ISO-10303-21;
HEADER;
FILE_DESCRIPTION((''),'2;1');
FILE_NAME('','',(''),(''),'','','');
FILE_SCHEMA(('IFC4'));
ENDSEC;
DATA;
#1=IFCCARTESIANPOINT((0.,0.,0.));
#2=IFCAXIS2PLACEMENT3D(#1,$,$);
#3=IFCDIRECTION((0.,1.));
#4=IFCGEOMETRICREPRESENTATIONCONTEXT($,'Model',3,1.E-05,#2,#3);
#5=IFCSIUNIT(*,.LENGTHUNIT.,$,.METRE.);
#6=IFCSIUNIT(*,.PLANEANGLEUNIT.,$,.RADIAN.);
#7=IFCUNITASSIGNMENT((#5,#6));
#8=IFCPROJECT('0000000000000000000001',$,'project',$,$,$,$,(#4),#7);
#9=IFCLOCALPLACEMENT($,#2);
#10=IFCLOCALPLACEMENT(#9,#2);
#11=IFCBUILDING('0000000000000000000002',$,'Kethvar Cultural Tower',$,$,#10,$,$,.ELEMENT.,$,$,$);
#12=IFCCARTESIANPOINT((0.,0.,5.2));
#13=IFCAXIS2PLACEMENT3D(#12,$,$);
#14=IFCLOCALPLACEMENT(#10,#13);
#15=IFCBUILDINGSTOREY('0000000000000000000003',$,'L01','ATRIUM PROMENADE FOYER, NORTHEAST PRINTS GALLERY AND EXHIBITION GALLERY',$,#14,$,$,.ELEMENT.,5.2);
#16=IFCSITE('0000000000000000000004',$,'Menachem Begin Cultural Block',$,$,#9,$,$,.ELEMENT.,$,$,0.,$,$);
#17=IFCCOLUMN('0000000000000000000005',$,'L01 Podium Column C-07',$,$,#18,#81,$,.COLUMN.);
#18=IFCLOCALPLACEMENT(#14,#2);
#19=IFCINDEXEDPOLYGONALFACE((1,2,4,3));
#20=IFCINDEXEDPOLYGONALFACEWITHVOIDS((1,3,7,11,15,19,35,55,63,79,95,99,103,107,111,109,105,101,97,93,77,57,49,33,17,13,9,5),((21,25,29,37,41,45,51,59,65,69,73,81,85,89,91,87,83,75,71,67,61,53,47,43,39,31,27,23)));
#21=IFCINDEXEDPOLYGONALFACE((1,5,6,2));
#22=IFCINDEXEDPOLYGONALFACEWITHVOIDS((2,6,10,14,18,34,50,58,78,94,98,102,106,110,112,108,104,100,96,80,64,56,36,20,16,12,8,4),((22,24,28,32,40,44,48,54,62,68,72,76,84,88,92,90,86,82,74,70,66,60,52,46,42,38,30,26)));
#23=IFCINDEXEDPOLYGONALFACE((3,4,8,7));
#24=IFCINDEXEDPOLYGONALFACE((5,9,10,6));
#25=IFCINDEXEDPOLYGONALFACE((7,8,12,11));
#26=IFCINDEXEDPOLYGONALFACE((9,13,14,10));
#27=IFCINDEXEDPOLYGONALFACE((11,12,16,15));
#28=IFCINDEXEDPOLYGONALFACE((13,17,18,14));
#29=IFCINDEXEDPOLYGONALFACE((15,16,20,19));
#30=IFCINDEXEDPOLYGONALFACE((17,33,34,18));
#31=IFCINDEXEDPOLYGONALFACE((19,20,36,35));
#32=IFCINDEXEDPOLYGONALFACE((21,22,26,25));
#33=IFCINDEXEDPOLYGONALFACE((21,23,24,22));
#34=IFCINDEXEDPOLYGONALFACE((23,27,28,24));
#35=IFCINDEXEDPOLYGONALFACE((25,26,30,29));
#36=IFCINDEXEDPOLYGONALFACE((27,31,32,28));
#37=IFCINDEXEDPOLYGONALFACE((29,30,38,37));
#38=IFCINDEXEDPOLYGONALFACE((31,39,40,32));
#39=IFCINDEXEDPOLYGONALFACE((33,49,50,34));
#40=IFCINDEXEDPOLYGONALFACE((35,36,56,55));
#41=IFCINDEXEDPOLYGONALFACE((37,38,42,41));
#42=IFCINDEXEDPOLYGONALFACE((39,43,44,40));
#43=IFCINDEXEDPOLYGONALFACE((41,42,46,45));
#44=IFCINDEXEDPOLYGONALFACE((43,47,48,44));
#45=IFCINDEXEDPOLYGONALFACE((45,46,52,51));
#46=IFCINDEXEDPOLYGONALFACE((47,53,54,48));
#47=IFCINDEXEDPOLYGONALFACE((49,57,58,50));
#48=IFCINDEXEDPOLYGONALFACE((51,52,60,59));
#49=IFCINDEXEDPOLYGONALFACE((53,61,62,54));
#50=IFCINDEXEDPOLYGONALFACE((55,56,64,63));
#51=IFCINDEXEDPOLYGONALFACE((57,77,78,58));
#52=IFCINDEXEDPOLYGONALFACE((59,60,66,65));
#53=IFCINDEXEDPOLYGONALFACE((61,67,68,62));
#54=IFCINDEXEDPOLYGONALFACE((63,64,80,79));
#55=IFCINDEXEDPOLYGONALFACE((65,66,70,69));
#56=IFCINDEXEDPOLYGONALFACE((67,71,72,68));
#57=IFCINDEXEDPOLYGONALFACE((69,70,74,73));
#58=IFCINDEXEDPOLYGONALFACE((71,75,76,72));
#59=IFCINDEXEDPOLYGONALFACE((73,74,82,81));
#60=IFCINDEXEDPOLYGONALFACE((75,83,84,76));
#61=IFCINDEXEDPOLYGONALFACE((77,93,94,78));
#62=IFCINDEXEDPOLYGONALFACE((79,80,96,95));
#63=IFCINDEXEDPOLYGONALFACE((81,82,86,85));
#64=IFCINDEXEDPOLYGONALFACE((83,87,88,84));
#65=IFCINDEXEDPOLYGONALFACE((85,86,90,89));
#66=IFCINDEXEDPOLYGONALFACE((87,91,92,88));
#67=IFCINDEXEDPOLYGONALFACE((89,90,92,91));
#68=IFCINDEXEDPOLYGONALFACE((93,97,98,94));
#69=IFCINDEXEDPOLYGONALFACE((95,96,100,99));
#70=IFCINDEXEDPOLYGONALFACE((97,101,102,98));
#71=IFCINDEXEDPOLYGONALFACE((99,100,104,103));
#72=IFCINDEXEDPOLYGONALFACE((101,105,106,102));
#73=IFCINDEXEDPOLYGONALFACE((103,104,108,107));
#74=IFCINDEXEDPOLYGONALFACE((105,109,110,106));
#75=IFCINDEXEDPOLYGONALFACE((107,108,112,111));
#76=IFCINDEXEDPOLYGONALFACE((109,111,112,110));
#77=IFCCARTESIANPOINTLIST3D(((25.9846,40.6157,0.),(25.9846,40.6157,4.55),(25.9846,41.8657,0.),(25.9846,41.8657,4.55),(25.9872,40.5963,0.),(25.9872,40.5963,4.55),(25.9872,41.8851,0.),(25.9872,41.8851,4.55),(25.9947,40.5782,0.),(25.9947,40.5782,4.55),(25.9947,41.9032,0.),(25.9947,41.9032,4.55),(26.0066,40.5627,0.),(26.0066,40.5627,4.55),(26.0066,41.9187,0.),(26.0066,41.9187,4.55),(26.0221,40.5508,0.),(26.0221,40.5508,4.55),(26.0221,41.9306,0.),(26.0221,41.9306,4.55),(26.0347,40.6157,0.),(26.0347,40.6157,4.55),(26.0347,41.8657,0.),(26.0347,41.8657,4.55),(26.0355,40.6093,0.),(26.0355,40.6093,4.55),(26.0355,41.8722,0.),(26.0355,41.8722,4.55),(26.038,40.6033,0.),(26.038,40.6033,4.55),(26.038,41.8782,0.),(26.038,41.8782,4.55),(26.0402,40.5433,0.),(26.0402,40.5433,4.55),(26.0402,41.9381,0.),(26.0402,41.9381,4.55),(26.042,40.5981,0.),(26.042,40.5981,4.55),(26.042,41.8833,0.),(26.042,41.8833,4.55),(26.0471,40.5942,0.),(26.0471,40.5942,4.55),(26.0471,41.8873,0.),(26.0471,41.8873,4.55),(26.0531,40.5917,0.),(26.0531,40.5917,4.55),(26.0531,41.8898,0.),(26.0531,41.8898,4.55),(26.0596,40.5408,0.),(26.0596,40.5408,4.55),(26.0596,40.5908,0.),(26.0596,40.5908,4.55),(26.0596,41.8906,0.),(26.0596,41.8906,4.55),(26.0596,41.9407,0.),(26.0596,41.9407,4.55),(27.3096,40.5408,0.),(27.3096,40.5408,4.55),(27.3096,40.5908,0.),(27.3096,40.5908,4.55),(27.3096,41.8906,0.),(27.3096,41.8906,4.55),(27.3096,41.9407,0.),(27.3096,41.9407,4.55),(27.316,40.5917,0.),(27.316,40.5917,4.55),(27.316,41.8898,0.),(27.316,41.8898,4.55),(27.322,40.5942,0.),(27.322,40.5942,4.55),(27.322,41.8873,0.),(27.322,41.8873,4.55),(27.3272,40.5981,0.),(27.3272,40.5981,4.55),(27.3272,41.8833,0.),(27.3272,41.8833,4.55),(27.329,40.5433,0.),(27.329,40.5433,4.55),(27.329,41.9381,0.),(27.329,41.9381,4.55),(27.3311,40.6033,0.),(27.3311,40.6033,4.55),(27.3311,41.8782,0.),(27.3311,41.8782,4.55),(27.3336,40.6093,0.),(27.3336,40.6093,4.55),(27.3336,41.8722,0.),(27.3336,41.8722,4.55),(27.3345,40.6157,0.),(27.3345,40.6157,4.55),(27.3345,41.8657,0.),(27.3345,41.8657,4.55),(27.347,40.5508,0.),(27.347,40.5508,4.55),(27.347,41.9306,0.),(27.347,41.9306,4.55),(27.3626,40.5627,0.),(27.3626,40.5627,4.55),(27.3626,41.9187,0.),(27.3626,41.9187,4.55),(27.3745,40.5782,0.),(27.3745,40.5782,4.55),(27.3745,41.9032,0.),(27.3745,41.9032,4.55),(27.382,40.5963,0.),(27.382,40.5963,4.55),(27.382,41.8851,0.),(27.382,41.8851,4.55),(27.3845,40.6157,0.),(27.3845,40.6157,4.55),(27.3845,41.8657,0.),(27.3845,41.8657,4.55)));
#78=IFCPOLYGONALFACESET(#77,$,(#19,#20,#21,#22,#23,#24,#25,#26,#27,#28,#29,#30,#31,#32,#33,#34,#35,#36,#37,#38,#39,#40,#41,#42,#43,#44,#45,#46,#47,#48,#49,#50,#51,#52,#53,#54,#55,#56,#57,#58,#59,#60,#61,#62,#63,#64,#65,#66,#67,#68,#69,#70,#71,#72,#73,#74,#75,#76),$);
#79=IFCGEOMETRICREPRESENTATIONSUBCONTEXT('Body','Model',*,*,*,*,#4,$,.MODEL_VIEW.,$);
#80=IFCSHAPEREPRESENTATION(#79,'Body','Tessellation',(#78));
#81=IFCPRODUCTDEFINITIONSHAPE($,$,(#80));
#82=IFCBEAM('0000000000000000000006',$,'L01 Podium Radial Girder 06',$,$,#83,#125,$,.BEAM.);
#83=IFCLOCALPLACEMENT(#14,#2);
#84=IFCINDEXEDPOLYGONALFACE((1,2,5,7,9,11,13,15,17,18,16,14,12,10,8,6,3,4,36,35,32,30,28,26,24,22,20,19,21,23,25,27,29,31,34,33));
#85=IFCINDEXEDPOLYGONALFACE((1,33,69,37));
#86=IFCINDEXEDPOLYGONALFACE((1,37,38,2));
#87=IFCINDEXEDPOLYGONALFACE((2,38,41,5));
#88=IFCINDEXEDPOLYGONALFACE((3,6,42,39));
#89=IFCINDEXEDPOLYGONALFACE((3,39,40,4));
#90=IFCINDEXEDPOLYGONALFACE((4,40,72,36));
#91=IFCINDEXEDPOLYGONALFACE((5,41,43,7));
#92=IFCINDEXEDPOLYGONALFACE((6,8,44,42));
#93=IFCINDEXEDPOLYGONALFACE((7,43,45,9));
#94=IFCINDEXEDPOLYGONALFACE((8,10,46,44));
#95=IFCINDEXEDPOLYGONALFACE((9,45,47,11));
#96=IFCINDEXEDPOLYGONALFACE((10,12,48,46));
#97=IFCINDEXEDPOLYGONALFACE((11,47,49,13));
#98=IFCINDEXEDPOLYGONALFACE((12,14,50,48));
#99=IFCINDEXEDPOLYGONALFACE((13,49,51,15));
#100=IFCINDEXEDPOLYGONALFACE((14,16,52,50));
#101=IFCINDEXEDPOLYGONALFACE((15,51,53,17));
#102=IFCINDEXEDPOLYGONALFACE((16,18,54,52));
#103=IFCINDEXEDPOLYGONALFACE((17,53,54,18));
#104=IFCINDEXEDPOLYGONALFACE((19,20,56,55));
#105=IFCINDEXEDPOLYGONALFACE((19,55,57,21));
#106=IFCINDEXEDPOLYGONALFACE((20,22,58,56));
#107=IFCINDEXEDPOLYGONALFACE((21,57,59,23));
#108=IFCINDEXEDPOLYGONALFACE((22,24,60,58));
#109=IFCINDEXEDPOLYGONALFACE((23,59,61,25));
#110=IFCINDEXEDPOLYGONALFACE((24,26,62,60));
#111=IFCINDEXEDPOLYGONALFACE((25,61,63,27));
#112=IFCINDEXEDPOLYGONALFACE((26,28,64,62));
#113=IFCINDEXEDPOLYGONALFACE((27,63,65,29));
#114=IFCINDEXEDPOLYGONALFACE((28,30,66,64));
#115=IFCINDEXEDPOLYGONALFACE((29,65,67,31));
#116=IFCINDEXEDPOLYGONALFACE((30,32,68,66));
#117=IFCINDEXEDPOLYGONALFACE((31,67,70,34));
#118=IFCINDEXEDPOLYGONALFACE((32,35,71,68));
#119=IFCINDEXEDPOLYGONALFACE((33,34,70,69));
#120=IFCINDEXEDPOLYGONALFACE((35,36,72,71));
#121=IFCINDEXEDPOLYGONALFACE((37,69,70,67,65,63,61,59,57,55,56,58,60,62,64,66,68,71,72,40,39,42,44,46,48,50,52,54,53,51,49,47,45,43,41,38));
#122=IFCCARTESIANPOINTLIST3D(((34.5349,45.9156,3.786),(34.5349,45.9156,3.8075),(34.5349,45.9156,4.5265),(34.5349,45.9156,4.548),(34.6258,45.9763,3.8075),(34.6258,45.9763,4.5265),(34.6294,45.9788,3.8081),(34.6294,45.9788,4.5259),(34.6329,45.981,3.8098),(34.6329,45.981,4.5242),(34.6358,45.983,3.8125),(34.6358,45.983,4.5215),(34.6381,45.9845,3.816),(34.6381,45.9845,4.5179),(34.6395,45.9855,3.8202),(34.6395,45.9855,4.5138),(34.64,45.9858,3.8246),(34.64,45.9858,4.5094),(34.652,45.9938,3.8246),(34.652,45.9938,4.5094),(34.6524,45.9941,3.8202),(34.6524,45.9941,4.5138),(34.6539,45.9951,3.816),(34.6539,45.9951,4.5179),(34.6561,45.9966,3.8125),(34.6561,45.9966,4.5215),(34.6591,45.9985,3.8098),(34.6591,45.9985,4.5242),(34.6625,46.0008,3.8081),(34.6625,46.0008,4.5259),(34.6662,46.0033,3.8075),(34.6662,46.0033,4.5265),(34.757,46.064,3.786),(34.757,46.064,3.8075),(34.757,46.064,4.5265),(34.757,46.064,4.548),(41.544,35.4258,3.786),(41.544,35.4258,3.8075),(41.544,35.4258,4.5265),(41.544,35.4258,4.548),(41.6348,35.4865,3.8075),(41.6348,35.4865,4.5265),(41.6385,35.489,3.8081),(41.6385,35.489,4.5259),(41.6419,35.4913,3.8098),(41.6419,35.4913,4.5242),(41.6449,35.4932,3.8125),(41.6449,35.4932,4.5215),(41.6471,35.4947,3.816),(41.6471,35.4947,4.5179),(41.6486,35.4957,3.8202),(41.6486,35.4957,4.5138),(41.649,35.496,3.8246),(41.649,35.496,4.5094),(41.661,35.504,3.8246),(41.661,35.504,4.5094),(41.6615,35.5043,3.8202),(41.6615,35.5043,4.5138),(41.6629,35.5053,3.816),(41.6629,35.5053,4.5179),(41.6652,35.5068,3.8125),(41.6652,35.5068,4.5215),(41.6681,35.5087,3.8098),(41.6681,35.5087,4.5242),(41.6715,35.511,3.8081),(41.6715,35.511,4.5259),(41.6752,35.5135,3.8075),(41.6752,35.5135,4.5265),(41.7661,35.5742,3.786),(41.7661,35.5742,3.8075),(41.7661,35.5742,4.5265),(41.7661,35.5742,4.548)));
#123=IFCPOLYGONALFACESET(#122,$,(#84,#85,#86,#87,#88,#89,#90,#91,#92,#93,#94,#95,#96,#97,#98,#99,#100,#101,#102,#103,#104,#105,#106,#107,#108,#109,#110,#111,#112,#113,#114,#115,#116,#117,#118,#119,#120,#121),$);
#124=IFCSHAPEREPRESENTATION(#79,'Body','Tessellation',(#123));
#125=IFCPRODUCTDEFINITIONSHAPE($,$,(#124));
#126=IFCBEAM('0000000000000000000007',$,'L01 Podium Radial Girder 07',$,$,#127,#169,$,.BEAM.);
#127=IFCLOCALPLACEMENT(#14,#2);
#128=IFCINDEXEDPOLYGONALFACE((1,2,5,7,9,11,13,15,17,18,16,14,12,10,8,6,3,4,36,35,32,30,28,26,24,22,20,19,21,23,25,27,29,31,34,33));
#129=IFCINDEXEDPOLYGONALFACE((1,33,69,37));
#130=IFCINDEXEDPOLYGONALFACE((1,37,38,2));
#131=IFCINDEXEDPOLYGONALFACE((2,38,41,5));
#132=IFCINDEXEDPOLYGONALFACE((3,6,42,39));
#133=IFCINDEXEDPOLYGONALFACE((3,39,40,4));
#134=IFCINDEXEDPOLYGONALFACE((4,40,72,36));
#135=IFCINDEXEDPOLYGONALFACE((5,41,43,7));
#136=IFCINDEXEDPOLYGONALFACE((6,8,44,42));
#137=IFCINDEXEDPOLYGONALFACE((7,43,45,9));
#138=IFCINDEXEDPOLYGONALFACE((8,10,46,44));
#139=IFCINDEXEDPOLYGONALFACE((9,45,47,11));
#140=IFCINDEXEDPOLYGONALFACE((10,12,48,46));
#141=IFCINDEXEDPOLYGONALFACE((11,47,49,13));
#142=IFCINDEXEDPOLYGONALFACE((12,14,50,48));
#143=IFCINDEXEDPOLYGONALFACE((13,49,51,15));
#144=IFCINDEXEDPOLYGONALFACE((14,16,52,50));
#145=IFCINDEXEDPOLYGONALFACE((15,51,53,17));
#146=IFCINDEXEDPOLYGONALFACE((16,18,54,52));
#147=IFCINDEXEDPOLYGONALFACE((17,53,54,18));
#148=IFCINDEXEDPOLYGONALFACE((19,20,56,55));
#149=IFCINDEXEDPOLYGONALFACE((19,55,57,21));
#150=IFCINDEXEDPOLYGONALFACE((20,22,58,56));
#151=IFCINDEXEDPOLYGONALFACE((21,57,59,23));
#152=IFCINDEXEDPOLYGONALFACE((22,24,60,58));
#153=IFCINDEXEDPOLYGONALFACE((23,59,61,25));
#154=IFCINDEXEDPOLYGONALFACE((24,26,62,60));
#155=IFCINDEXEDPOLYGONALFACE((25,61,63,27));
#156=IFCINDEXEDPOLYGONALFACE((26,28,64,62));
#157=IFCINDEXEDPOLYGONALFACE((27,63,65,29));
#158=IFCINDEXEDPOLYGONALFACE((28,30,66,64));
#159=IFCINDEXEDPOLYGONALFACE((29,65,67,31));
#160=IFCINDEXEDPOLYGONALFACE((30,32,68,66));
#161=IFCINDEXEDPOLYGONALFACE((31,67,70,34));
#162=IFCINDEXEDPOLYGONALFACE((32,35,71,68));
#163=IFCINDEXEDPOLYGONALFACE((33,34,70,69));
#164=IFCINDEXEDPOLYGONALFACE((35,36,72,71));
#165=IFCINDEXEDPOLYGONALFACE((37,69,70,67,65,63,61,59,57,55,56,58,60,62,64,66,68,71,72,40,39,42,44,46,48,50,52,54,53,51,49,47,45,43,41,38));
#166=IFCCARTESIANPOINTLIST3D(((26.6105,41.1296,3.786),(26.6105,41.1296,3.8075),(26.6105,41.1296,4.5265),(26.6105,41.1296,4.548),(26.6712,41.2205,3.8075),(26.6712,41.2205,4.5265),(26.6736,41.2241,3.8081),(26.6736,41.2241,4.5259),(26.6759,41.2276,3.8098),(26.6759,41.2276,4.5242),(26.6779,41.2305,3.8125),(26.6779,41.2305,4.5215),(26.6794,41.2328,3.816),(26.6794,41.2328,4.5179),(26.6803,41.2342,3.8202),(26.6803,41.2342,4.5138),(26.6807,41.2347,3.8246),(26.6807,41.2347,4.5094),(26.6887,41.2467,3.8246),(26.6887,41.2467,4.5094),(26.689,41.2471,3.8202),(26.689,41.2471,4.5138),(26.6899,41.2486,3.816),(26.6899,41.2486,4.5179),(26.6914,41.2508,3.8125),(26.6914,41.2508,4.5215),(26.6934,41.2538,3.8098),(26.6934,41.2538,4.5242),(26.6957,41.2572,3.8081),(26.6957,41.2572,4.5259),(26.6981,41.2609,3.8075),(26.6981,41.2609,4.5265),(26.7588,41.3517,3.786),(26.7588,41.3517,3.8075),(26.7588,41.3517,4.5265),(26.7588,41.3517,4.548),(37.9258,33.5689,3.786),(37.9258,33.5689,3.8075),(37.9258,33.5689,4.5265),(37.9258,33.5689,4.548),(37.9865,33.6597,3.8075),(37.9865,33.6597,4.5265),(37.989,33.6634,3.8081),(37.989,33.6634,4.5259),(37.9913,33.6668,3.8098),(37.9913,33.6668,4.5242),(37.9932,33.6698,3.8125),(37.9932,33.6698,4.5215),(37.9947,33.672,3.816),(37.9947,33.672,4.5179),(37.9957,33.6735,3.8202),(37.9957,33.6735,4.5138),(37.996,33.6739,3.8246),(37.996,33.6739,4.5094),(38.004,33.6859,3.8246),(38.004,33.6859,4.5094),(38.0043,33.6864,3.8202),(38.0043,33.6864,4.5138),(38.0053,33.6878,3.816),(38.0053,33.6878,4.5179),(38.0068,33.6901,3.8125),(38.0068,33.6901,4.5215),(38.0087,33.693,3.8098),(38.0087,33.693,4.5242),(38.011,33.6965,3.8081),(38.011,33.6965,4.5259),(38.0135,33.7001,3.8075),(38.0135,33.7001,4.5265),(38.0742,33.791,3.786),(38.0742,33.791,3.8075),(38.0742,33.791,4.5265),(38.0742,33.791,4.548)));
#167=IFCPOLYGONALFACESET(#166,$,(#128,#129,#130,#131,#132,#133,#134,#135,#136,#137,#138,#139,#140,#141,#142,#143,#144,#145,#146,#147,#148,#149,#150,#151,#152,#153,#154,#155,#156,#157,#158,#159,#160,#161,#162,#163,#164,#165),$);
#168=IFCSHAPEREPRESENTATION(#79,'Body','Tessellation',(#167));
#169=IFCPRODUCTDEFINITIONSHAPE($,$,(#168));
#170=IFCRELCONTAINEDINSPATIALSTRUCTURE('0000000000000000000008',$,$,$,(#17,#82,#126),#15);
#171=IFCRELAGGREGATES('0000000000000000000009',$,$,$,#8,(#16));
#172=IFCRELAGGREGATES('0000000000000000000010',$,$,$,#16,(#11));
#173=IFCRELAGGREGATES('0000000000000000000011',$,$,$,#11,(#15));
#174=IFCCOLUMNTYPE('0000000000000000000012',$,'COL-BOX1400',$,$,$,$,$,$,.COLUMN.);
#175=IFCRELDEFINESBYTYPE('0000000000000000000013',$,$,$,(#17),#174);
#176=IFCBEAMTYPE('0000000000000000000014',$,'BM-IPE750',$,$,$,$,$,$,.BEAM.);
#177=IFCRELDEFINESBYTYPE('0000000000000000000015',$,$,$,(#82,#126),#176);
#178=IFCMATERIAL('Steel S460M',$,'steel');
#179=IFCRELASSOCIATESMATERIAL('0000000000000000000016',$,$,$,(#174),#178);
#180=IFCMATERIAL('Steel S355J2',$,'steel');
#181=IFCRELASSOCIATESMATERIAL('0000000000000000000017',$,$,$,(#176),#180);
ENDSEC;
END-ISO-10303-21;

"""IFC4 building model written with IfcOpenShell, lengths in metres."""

from ifc_helpers import new_model, si_unit, direction, frame, origin, origin_2d, place, context, subcontext, project, spatial, hollow_rectangle, i_section, extrude, source, transform, mapped, material, material_profile, profile_set, type_object, element, save


model = new_model("IFC4")

# Units and contexts
model_context = context("Model", 3, precision=1e-05, world=origin(), true_north=direction((0.0, 1.0)))
body_context = subcontext(model_context, "Body", "Model", "MODEL_VIEW")
ifc_project = project(units=[si_unit("LENGTHUNIT", "METRE"), si_unit("PLANEANGLEUNIT", "RADIAN")], contexts=[model_context])

# Site, building, storey
site_placement = place(None, origin())
site = spatial("IfcSite", under=ifc_project, at=site_placement, Name="Menachem Begin Cultural Block", CompositionType="ELEMENT", RefElevation=0.0)
building_placement = place(site_placement, origin())
building = spatial("IfcBuilding", under=site, at=building_placement, Name="Kethvar Cultural Tower", CompositionType="ELEMENT")
storey_placement = place(building_placement, frame((0.0, 0.0, 5.2)))
storey = spatial("IfcBuildingStorey", under=building, at=storey_placement, Name="L01", Description="ATRIUM PROMENADE FOYER, NORTHEAST PRINTS GALLERY AND EXHIBITION GALLERY", CompositionType="ELEMENT", Elevation=5.2)

# Column
ifc_material_1 = material(Name="Steel S460M", Category="steel")
ifc_material_profile_1 = material_profile(ifc_material_1, hollow_rectangle(XDim=1.3999, YDim=1.3999, WallThickness=0.05, InnerFilletRadius=0.0249, OuterFilletRadius=0.075, at=origin_2d()), Name="Steel S460M — BOX1400x1400x50")
ifc_profile_set_1 = profile_set([ifc_material_profile_1], Name="Steel S460M — BOX1400x1400x50")
column_type = type_object("IfcColumnType", Name="COL-BOX1400", PredefinedType="COLUMN", material=ifc_profile_set_1)
shared_shape_1 = source(origin(), body_context, "Body", "SweptSolid", [
    extrude(hollow_rectangle(XDim=1.3999, YDim=1.3999, WallThickness=0.05, InnerFilletRadius=0.0249, OuterFilletRadius=0.075, at=origin_2d()), origin(), (0.0, 0.0, 1.0), 4.55),
])
column_placement = place(storey_placement, frame((26.6846, 41.2407, 0.0), z_axis=(0.0, 0.0, 1.0), x_axis=(1.0, 0.0, 0.0)))
element("IfcColumn", 1, at=column_placement, inside=storey, type_object=column_type, Name="L01 Podium Column C-07", PredefinedType="COLUMN", context=body_context, shape_type="MappedRepresentation", body=[
    mapped(shared_shape_1, transform((0.0, 0.0, 0.0), scale=1.0)),
])

# Beams
ifc_material_2 = material(Name="Steel S355J2", Category="steel")
ifc_material_profile_2 = material_profile(ifc_material_2, i_section(OverallWidth=0.2671, OverallDepth=0.762, WebThickness=0.0144, FlangeThickness=0.0215, FilletRadius=0.0171, at=origin_2d()), Name="Steel S355J2 — IPE750x173")
ifc_profile_set_2 = profile_set([ifc_material_profile_2], Name="Steel S355J2 — IPE750x173")
beam_type = type_object("IfcBeamType", Name="BM-IPE750", PredefinedType="BEAM", material=ifc_profile_set_2)
shared_shape_2 = source(origin(), body_context, "Body", "SweptSolid", [
    extrude(i_section(OverallWidth=0.2671, OverallDepth=0.762, WebThickness=0.0144, FlangeThickness=0.0215, FilletRadius=0.0171, at=origin_2d()), origin(), (0.0, 0.0, 1.0), 12.616),
])
beam_1_placement = place(storey_placement, frame((41.655, 35.5, 4.167), z_axis=(-0.555571, 0.831469, 0.0), x_axis=(-0.831469, -0.555571, 0.0)))
element("IfcBeam", 2, at=beam_1_placement, inside=storey, type_object=beam_type, Name="L01 Podium Radial Girder 06", PredefinedType="BEAM", context=body_context, shape_type="MappedRepresentation", body=[
    mapped(shared_shape_2, transform((0.0, 0.0, 0.0), scale=1.0)),
])
shared_shape_3 = source(origin(), body_context, "Body", "SweptSolid", [
    extrude(i_section(OverallWidth=0.2671, OverallDepth=0.762, WebThickness=0.0144, FlangeThickness=0.0215, FilletRadius=0.0171, at=origin_2d()), origin(), (0.0, 0.0, 1.0), 13.6089),
])
beam_2_placement = place(storey_placement, frame((38.0, 33.6799, 4.167), z_axis=(-0.831467, 0.555573, 0.0), x_axis=(-0.555573, -0.831467, 0.0)))
element("IfcBeam", 3, at=beam_2_placement, inside=storey, type_object=beam_type, Name="L01 Podium Radial Girder 07", PredefinedType="BEAM", context=body_context, shape_type="MappedRepresentation", body=[
    mapped(shared_shape_3, transform((0.0, 0.0, 0.0), scale=1.0)),
])

save(model, "model.ifc")
